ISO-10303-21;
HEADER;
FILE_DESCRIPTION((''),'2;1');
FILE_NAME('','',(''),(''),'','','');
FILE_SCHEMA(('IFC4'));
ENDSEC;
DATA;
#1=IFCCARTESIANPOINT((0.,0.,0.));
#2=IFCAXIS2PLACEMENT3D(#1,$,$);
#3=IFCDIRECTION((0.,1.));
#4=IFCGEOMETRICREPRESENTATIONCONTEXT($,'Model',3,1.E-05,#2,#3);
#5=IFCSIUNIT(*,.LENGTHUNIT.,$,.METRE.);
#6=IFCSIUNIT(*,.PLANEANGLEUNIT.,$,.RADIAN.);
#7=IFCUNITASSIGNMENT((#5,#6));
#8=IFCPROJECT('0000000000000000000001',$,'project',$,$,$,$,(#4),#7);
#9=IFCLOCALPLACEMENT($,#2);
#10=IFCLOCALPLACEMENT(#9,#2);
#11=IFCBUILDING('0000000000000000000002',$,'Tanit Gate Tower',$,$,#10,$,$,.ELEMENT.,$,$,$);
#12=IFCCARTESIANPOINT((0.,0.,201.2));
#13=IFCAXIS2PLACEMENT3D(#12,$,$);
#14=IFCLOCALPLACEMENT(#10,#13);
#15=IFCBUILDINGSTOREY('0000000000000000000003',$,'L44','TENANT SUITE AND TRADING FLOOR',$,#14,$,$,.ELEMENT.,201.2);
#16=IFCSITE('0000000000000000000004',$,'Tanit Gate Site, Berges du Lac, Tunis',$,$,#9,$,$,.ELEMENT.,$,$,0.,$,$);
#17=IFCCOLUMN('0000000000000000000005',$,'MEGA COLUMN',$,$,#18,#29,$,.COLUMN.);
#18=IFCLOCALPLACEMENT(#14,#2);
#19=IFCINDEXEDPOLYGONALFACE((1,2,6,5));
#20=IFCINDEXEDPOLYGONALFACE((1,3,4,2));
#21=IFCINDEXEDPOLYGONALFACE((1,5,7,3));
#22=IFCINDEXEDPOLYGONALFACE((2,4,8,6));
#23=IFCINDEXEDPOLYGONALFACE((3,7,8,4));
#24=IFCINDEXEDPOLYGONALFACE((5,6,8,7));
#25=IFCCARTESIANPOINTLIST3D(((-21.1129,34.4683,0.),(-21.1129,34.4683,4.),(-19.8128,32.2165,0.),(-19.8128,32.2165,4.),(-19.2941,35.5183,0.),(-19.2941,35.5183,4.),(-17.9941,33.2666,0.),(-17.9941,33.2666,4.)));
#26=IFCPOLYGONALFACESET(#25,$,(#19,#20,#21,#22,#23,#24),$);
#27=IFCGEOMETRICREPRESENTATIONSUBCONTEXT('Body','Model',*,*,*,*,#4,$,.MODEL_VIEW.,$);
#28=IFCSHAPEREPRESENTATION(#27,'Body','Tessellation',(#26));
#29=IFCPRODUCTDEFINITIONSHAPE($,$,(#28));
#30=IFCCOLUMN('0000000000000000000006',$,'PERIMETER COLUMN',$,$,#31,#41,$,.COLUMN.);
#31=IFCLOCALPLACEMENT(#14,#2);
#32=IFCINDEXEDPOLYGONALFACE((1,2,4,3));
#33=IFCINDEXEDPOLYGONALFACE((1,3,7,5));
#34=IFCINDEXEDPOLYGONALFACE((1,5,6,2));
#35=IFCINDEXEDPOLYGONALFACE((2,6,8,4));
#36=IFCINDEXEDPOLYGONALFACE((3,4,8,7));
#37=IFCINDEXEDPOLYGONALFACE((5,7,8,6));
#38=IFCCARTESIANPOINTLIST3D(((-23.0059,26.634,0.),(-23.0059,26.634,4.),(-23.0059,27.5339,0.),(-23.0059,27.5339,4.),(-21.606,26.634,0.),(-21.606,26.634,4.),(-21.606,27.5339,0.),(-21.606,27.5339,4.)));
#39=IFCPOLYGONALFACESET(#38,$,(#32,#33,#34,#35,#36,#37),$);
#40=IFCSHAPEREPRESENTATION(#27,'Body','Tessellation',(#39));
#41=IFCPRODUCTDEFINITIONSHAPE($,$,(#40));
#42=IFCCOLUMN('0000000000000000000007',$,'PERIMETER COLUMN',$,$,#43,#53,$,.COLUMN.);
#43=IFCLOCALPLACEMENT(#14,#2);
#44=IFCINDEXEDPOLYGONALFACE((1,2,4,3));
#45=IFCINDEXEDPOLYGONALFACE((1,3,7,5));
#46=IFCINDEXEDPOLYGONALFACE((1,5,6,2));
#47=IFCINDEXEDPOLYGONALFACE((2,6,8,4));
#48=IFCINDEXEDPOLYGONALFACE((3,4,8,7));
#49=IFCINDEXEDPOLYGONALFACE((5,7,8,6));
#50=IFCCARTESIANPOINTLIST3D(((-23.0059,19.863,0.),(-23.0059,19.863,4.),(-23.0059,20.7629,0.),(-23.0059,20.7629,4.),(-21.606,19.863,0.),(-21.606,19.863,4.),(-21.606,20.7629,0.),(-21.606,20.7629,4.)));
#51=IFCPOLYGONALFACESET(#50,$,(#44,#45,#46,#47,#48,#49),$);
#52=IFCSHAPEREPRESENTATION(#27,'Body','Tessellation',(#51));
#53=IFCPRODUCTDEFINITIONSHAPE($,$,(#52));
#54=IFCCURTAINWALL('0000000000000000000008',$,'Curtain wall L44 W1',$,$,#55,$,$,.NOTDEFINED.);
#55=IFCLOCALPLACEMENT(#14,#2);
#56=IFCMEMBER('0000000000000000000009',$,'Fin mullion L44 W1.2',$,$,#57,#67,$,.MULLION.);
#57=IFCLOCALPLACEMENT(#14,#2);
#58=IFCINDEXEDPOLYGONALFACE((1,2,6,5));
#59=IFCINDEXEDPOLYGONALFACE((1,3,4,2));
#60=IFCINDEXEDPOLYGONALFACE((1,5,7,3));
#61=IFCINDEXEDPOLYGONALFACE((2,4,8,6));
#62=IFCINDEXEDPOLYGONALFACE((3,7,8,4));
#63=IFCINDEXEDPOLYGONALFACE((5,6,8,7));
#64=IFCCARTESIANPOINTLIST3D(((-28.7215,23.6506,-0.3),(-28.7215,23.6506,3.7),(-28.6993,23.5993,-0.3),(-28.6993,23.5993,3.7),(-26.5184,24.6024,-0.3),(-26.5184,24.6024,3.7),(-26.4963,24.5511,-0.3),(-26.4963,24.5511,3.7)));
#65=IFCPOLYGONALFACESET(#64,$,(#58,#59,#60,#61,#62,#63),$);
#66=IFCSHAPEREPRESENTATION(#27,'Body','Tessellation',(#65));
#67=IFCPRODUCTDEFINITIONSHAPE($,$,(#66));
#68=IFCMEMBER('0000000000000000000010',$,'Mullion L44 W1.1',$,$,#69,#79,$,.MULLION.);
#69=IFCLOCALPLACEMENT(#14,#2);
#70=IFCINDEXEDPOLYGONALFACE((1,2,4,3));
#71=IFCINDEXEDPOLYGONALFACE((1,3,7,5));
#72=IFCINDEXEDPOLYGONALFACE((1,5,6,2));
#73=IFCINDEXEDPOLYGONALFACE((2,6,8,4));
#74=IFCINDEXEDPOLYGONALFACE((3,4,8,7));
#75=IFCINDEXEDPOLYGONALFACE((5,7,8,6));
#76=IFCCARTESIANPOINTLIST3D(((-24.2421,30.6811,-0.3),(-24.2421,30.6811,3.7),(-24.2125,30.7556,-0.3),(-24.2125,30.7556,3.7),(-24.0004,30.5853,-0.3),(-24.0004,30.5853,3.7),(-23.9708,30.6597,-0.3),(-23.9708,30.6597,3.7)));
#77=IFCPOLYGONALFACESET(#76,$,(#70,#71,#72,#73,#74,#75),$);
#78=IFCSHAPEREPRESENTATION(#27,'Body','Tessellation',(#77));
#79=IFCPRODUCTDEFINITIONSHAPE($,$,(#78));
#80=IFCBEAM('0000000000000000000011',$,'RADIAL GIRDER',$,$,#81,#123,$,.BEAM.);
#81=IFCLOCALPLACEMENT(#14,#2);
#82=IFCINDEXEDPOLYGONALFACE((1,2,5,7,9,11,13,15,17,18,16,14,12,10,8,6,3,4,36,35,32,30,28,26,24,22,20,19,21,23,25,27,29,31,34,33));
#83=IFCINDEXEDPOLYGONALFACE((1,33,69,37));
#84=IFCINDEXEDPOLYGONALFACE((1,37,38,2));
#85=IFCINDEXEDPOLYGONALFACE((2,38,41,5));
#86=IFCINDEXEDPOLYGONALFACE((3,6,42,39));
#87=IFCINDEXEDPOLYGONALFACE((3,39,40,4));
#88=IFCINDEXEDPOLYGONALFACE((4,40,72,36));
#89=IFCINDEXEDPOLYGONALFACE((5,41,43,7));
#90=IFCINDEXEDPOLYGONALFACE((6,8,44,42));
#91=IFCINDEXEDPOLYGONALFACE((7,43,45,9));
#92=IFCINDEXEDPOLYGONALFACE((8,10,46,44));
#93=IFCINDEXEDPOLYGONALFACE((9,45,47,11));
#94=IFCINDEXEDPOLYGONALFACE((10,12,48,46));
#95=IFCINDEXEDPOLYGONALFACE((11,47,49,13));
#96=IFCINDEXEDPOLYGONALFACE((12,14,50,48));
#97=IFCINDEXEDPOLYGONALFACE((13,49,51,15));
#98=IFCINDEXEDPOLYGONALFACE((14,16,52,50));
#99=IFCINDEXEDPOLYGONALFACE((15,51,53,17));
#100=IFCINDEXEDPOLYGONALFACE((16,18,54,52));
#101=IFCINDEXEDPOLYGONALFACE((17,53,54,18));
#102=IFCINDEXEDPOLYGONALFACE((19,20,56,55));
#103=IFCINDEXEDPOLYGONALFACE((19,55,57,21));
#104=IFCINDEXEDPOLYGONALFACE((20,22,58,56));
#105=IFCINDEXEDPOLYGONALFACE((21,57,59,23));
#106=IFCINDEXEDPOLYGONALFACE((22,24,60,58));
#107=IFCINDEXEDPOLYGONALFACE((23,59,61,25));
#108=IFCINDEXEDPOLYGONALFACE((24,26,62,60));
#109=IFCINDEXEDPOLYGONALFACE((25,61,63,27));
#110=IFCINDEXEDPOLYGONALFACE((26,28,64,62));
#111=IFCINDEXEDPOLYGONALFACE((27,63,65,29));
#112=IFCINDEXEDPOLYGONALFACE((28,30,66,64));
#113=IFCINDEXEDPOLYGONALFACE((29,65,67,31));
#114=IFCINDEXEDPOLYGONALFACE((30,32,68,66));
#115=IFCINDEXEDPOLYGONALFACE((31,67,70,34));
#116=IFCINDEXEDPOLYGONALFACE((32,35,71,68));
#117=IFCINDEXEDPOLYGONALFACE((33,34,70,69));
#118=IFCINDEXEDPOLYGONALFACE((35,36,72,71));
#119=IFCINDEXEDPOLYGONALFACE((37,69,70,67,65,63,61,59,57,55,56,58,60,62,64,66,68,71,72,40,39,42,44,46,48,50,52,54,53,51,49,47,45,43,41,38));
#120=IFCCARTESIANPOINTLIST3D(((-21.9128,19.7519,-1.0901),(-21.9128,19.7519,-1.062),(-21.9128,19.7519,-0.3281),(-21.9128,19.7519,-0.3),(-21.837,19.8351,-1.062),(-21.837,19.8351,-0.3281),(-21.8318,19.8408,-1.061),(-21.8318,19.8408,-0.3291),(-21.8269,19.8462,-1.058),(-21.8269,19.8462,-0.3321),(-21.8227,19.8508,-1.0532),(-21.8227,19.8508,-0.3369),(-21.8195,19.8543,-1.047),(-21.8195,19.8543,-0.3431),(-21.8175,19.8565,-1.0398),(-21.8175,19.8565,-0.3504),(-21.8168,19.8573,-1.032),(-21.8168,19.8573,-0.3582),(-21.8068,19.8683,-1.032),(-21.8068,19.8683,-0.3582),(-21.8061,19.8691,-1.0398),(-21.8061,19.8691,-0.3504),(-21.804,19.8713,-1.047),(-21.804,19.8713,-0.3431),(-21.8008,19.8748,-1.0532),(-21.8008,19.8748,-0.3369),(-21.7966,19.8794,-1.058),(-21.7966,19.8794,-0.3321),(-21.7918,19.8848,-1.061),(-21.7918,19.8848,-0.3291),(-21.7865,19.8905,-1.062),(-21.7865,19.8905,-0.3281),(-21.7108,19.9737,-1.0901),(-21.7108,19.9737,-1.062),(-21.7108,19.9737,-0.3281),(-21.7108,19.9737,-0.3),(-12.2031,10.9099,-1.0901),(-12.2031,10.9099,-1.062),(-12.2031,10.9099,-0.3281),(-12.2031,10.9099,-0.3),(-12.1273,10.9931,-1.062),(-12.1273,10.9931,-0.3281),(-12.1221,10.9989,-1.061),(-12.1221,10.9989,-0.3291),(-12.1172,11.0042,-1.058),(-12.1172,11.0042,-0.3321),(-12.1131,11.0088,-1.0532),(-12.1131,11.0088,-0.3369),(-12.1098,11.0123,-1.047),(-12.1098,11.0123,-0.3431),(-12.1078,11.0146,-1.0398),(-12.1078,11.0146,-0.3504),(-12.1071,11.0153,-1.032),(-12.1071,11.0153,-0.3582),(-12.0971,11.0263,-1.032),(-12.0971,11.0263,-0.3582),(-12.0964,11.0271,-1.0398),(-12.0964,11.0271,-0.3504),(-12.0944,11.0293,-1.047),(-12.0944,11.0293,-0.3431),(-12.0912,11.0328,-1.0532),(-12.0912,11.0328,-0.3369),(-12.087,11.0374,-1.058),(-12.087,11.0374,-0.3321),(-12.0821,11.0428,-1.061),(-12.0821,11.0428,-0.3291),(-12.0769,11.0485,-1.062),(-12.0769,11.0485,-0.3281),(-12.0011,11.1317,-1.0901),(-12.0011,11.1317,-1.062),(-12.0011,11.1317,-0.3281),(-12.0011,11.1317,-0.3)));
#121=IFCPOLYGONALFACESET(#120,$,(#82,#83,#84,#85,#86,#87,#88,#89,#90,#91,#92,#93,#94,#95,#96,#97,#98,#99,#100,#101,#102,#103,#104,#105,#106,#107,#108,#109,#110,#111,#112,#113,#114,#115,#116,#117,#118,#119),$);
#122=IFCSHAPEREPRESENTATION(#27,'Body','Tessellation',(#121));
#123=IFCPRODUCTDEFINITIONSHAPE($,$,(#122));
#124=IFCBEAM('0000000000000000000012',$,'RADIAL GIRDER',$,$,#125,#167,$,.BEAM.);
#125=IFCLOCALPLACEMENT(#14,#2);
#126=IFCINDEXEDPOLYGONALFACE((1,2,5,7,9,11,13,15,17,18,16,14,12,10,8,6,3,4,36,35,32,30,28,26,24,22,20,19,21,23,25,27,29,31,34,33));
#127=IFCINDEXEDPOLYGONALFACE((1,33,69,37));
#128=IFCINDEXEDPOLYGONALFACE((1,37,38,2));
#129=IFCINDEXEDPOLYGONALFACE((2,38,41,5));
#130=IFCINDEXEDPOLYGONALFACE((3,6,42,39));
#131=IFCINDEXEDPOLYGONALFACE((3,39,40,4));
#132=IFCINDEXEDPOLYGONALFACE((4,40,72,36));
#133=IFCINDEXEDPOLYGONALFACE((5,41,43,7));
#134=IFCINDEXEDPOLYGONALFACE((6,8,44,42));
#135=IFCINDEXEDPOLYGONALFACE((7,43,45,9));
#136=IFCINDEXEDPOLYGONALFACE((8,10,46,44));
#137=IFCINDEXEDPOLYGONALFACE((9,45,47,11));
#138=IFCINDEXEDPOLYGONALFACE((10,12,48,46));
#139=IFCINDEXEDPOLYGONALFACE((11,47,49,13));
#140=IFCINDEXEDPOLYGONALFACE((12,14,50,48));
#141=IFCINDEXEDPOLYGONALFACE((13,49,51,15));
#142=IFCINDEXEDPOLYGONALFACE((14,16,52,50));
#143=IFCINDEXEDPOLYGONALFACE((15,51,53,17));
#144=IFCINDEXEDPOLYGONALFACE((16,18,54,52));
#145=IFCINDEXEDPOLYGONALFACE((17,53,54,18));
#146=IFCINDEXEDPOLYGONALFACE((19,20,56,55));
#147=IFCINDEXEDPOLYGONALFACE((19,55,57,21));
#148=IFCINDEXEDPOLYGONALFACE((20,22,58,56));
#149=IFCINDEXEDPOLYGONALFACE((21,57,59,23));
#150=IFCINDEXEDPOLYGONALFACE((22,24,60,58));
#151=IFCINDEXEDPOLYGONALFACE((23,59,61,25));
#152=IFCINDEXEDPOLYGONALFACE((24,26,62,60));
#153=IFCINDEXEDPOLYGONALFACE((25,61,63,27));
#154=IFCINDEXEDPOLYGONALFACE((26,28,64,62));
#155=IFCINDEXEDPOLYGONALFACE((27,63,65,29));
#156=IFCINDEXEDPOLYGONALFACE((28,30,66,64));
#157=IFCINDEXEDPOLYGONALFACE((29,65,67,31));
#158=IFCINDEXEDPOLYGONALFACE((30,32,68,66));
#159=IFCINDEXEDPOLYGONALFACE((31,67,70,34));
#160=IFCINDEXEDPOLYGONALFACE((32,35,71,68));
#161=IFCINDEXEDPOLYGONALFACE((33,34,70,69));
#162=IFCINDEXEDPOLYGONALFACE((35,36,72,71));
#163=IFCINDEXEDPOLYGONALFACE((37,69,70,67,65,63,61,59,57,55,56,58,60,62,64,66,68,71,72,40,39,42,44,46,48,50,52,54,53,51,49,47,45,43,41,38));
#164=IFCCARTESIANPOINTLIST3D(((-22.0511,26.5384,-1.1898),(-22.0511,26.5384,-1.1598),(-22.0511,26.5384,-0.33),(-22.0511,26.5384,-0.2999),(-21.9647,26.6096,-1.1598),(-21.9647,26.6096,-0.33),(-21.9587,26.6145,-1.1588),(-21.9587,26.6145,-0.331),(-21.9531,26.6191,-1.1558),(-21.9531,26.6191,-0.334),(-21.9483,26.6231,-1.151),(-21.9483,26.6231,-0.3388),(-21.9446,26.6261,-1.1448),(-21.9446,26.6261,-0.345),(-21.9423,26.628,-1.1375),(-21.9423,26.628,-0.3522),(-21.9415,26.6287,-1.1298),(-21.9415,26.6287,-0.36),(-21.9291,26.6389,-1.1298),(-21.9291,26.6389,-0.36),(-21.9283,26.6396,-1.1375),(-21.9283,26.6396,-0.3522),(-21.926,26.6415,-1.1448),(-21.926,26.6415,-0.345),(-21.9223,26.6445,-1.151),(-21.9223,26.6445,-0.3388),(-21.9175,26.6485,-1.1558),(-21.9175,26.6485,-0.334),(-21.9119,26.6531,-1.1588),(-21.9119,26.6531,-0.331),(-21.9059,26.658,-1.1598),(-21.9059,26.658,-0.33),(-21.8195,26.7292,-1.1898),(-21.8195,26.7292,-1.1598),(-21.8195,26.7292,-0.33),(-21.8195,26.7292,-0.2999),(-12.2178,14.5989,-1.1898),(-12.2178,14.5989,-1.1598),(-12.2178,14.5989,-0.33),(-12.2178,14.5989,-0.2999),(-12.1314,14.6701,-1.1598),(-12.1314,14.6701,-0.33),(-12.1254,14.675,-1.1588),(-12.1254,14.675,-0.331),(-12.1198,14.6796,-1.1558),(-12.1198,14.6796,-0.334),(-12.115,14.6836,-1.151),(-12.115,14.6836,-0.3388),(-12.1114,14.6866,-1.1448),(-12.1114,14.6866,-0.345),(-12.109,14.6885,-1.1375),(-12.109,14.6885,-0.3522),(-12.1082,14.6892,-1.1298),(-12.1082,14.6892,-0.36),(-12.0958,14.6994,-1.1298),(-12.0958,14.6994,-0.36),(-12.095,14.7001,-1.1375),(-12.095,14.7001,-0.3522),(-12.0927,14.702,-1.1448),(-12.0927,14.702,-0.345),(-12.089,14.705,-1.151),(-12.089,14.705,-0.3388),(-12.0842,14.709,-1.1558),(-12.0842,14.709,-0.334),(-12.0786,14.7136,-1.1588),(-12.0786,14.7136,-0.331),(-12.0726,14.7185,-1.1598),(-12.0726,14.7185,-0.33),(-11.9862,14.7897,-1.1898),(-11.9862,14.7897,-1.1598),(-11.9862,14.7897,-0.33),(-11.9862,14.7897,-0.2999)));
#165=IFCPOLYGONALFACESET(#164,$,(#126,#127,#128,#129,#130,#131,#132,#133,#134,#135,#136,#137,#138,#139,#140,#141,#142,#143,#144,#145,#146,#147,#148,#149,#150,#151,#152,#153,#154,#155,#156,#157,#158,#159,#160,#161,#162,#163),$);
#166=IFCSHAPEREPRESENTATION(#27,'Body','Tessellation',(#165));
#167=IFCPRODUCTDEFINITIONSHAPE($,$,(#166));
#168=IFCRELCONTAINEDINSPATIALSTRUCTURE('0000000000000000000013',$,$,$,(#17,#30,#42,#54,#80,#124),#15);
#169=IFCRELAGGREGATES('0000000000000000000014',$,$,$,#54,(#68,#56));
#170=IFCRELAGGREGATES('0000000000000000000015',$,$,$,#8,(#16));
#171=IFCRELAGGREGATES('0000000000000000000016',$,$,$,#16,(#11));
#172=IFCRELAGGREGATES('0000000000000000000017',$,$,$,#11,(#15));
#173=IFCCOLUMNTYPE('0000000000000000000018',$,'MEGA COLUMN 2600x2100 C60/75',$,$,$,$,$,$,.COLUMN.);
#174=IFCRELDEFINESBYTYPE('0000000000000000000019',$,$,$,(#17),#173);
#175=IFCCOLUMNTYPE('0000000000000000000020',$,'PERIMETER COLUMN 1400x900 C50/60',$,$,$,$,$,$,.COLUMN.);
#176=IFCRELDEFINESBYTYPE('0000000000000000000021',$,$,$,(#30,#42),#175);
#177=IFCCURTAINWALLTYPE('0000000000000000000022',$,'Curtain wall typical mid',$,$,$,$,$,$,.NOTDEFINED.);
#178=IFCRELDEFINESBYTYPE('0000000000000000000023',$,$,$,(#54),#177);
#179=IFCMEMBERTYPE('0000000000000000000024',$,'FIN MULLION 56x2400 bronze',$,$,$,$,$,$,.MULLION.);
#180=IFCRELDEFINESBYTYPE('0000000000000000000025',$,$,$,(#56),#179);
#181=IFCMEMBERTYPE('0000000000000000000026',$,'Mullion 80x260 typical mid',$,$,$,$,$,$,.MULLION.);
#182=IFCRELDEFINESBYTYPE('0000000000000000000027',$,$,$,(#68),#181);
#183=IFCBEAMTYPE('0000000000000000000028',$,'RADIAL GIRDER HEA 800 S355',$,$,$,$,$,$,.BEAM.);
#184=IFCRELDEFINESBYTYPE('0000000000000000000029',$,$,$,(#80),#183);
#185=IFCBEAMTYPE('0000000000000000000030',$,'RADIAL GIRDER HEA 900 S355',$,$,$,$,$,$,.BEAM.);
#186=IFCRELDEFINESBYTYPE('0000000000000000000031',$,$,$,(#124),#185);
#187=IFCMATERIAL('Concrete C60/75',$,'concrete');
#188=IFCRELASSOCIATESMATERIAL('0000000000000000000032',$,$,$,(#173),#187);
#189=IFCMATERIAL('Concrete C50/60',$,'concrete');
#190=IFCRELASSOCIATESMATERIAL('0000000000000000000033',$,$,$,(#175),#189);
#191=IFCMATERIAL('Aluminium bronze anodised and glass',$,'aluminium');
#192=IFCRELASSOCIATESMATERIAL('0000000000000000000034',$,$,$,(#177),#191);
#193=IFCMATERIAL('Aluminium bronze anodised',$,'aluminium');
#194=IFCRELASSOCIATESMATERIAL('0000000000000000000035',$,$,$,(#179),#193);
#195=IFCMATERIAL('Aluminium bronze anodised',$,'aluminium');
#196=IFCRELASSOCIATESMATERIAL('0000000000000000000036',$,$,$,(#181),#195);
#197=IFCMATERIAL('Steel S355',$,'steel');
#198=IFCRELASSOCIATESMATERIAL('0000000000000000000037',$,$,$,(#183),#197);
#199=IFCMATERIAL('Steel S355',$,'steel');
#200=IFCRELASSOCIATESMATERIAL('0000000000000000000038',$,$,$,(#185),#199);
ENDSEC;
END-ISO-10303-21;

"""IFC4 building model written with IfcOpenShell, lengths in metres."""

from ifc_helpers import new_model, si_unit, direction, frame, origin, origin_2d, place, context, subcontext, project, spatial, rectangle, i_section, extrude, material, material_profile, profile_set, type_object, element, aggregate, save


model = new_model("IFC4")

# Units and contexts
model_context = context("Model", 3, precision=1e-05, world=origin(), true_north=direction((0.0, 1.0)))
body_context = subcontext(model_context, "Body", "Model", "MODEL_VIEW")
ifc_project = project(units=[si_unit("LENGTHUNIT", "METRE"), si_unit("PLANEANGLEUNIT", "RADIAN")], contexts=[model_context])

# Site, building, storey
site_placement = place(None, origin())
site = spatial("IfcSite", under=ifc_project, at=site_placement, Name="Tanit Gate Site, Berges du Lac, Tunis", CompositionType="ELEMENT", RefElevation=0.0)
building_placement = place(site_placement, origin())
building = spatial("IfcBuilding", under=site, at=building_placement, Name="Tanit Gate Tower", CompositionType="ELEMENT")
storey_placement = place(building_placement, frame((0.0, 0.0, 201.2)))
storey = spatial("IfcBuildingStorey", under=building, at=storey_placement, Name="L44", Description="TENANT SUITE AND TRADING FLOOR", CompositionType="ELEMENT", Elevation=201.2)

# Columns
ifc_material_1 = material(Name="Concrete C60/75", Category="concrete")
ifc_material_profile_1 = material_profile(ifc_material_1, rectangle(XDim=2.6001, YDim=2.1001, at=origin_2d()), Name="RC 2600x2100")
ifc_profile_set_1 = profile_set([ifc_material_profile_1], Name="Concrete C60/75")
column_type_1 = type_object("IfcColumnType", Name="MEGA COLUMN 2600x2100 C60/75", PredefinedType="COLUMN", material=ifc_profile_set_1)
column_placement = place(storey_placement, frame((-19.5535, 33.8674, 0.0), z_axis=(0.0, 0.0, 1.0), x_axis=(-0.5, 0.866025, 0.0)))
element("IfcColumn", 1, at=column_placement, inside=storey, type_object=column_type_1, Name="MEGA COLUMN", PredefinedType="COLUMN", context=body_context, shape_type="SweptSolid", body=[
    extrude(rectangle(XDim=2.6001, YDim=2.1001, at=origin_2d()), origin(), (0.0, 0.0, 1.0), 4.0),
])
ifc_material_2 = material(Name="Concrete C50/60", Category="concrete")
ifc_material_profile_2 = material_profile(ifc_material_2, rectangle(XDim=1.3999, YDim=0.8999, at=origin_2d()), Name="RC 1400x900")
ifc_profile_set_2 = profile_set([ifc_material_profile_2], Name="Concrete C50/60")
column_type_2 = type_object("IfcColumnType", Name="PERIMETER COLUMN 1400x900 C50/60", PredefinedType="COLUMN", material=ifc_profile_set_2)
for number, where, z_axis, x_axis, name in (
    (2, (-22.3059, 27.084, 0.0), (0.0, 0.0, 1.0), (-1.0, 0.0, 0.0), "PERIMETER COLUMN"),
    (3, (-22.3059, 20.313, 0.0), (0.0, 0.0, 1.0), (-1.0, 0.0, 0.0), "PERIMETER COLUMN"),
):
    element("IfcColumn", number, at=place(storey_placement, frame(where, z_axis=z_axis, x_axis=x_axis)), inside=storey, type_object=column_type_2, Name=name, PredefinedType="COLUMN", context=body_context, shape_type="SweptSolid", body=[
        extrude(rectangle(XDim=1.3999, YDim=0.8999, at=origin_2d()), origin(), (0.0, 0.0, 1.0), 4.0),
    ])

# Curtain wall, members
ifc_material_3 = material(Name="Aluminium bronze anodised and glass", Category="aluminium")
curtain_wall_type = type_object("IfcCurtainWallType", Name="Curtain wall typical mid", PredefinedType="NOTDEFINED", material=ifc_material_3)
curtain_wall_placement = place(storey_placement, origin())
curtain_wall = element("IfcCurtainWall", 4, at=curtain_wall_placement, inside=storey, type_object=curtain_wall_type, Name="Curtain wall L44 W1", PredefinedType="NOTDEFINED")
ifc_material_4 = material(Name="Aluminium bronze anodised", Category="aluminium")
ifc_material_profile_3 = material_profile(ifc_material_4, rectangle(XDim=2.3999, YDim=0.0559, at=origin_2d()), Name="56x2400 bronze fin mullion")
ifc_profile_set_3 = profile_set([ifc_material_profile_3], Name="Aluminium bronze anodised")
member_type_1 = type_object("IfcMemberType", Name="FIN MULLION 56x2400 bronze", PredefinedType="MULLION", material=ifc_profile_set_3)
member_1_placement = place(storey_placement, frame((-27.6089, 24.1008, -0.3), z_axis=(0.0, 0.0, 1.0), x_axis=(0.917994, 0.396594, 0.0)))
member_1 = element("IfcMember", 5, at=member_1_placement, type_object=member_type_1, Name="Fin mullion L44 W1.2", PredefinedType="MULLION", context=body_context, shape_type="SweptSolid", body=[
    extrude(rectangle(XDim=2.3999, YDim=0.0559, at=origin_2d()), origin(), (0.0, 0.0, 1.0), 4.0),
])
ifc_material_5 = material(Name="Aluminium bronze anodised", Category="aluminium")
ifc_material_profile_4 = material_profile(ifc_material_5, rectangle(XDim=0.26, YDim=0.0801, at=origin_2d()), Name="80x260 bronze mullion")
ifc_profile_set_4 = profile_set([ifc_material_profile_4], Name="Aluminium bronze anodised")
member_type_2 = type_object("IfcMemberType", Name="Mullion 80x260 typical mid", PredefinedType="MULLION", material=ifc_profile_set_4)
member_2_placement = place(storey_placement, frame((-24.1064, 30.6704, -0.3), z_axis=(0.0, 0.0, 1.0), x_axis=(0.929554, -0.368686, 0.0)))
member_2 = element("IfcMember", 6, at=member_2_placement, type_object=member_type_2, Name="Mullion L44 W1.1", PredefinedType="MULLION", context=body_context, shape_type="SweptSolid", body=[
    extrude(rectangle(XDim=0.26, YDim=0.0801, at=origin_2d()), origin(), (0.0, 0.0, 1.0), 4.0),
])

# Beams
ifc_material_6 = material(Name="Steel S355", Category="steel")
ifc_material_profile_5 = material_profile(ifc_material_6, i_section(OverallWidth=0.3, OverallDepth=0.79, WebThickness=0.0149, FlangeThickness=0.0281, FilletRadius=0.03, at=origin_2d()), Name="HEA 800")
ifc_profile_set_5 = profile_set([ifc_material_profile_5], Name="Steel S355")
beam_type_1 = type_object("IfcBeamType", Name="RADIAL GIRDER HEA 800 S355", PredefinedType="BEAM", material=ifc_profile_set_5)
beam_1_placement = place(storey_placement, frame((-21.8118, 19.8628, -0.6951), z_axis=(0.73937, -0.673299, 0.0), x_axis=(0.673299, 0.73937, 0.0)))
element("IfcBeam", 7, at=beam_1_placement, inside=storey, type_object=beam_type_1, Name="RADIAL GIRDER", PredefinedType="BEAM", context=body_context, shape_type="SweptSolid", body=[
    extrude(i_section(OverallWidth=0.3, OverallDepth=0.79, WebThickness=0.0149, FlangeThickness=0.0281, FilletRadius=0.03, at=origin_2d()), origin(), (0.0, 0.0, 1.0), 13.1323),
])
ifc_material_7 = material(Name="Steel S355", Category="steel")
ifc_material_profile_6 = material_profile(ifc_material_7, i_section(OverallWidth=0.3, OverallDepth=0.8899, WebThickness=0.0161, FlangeThickness=0.03, FilletRadius=0.03, at=origin_2d()), Name="HEA 900")
ifc_profile_set_6 = profile_set([ifc_material_profile_6], Name="Steel S355")
beam_type_2 = type_object("IfcBeamType", Name="RADIAL GIRDER HEA 900 S355", PredefinedType="BEAM", material=ifc_profile_set_6)
beam_2_placement = place(storey_placement, frame((-21.9353, 26.6338, -0.7449), z_axis=(0.635737, -0.771906, 0.0), x_axis=(0.771906, 0.635737, 0.0)))
element("IfcBeam", 8, at=beam_2_placement, inside=storey, type_object=beam_type_2, Name="RADIAL GIRDER", PredefinedType="BEAM", context=body_context, shape_type="SweptSolid", body=[
    extrude(i_section(OverallWidth=0.3, OverallDepth=0.8899, WebThickness=0.0161, FlangeThickness=0.03, FilletRadius=0.03, at=origin_2d()), origin(), (0.0, 0.0, 1.0), 15.4675),
])

aggregate(curtain_wall, [member_2, member_1])

save(model, "model.ifc")
